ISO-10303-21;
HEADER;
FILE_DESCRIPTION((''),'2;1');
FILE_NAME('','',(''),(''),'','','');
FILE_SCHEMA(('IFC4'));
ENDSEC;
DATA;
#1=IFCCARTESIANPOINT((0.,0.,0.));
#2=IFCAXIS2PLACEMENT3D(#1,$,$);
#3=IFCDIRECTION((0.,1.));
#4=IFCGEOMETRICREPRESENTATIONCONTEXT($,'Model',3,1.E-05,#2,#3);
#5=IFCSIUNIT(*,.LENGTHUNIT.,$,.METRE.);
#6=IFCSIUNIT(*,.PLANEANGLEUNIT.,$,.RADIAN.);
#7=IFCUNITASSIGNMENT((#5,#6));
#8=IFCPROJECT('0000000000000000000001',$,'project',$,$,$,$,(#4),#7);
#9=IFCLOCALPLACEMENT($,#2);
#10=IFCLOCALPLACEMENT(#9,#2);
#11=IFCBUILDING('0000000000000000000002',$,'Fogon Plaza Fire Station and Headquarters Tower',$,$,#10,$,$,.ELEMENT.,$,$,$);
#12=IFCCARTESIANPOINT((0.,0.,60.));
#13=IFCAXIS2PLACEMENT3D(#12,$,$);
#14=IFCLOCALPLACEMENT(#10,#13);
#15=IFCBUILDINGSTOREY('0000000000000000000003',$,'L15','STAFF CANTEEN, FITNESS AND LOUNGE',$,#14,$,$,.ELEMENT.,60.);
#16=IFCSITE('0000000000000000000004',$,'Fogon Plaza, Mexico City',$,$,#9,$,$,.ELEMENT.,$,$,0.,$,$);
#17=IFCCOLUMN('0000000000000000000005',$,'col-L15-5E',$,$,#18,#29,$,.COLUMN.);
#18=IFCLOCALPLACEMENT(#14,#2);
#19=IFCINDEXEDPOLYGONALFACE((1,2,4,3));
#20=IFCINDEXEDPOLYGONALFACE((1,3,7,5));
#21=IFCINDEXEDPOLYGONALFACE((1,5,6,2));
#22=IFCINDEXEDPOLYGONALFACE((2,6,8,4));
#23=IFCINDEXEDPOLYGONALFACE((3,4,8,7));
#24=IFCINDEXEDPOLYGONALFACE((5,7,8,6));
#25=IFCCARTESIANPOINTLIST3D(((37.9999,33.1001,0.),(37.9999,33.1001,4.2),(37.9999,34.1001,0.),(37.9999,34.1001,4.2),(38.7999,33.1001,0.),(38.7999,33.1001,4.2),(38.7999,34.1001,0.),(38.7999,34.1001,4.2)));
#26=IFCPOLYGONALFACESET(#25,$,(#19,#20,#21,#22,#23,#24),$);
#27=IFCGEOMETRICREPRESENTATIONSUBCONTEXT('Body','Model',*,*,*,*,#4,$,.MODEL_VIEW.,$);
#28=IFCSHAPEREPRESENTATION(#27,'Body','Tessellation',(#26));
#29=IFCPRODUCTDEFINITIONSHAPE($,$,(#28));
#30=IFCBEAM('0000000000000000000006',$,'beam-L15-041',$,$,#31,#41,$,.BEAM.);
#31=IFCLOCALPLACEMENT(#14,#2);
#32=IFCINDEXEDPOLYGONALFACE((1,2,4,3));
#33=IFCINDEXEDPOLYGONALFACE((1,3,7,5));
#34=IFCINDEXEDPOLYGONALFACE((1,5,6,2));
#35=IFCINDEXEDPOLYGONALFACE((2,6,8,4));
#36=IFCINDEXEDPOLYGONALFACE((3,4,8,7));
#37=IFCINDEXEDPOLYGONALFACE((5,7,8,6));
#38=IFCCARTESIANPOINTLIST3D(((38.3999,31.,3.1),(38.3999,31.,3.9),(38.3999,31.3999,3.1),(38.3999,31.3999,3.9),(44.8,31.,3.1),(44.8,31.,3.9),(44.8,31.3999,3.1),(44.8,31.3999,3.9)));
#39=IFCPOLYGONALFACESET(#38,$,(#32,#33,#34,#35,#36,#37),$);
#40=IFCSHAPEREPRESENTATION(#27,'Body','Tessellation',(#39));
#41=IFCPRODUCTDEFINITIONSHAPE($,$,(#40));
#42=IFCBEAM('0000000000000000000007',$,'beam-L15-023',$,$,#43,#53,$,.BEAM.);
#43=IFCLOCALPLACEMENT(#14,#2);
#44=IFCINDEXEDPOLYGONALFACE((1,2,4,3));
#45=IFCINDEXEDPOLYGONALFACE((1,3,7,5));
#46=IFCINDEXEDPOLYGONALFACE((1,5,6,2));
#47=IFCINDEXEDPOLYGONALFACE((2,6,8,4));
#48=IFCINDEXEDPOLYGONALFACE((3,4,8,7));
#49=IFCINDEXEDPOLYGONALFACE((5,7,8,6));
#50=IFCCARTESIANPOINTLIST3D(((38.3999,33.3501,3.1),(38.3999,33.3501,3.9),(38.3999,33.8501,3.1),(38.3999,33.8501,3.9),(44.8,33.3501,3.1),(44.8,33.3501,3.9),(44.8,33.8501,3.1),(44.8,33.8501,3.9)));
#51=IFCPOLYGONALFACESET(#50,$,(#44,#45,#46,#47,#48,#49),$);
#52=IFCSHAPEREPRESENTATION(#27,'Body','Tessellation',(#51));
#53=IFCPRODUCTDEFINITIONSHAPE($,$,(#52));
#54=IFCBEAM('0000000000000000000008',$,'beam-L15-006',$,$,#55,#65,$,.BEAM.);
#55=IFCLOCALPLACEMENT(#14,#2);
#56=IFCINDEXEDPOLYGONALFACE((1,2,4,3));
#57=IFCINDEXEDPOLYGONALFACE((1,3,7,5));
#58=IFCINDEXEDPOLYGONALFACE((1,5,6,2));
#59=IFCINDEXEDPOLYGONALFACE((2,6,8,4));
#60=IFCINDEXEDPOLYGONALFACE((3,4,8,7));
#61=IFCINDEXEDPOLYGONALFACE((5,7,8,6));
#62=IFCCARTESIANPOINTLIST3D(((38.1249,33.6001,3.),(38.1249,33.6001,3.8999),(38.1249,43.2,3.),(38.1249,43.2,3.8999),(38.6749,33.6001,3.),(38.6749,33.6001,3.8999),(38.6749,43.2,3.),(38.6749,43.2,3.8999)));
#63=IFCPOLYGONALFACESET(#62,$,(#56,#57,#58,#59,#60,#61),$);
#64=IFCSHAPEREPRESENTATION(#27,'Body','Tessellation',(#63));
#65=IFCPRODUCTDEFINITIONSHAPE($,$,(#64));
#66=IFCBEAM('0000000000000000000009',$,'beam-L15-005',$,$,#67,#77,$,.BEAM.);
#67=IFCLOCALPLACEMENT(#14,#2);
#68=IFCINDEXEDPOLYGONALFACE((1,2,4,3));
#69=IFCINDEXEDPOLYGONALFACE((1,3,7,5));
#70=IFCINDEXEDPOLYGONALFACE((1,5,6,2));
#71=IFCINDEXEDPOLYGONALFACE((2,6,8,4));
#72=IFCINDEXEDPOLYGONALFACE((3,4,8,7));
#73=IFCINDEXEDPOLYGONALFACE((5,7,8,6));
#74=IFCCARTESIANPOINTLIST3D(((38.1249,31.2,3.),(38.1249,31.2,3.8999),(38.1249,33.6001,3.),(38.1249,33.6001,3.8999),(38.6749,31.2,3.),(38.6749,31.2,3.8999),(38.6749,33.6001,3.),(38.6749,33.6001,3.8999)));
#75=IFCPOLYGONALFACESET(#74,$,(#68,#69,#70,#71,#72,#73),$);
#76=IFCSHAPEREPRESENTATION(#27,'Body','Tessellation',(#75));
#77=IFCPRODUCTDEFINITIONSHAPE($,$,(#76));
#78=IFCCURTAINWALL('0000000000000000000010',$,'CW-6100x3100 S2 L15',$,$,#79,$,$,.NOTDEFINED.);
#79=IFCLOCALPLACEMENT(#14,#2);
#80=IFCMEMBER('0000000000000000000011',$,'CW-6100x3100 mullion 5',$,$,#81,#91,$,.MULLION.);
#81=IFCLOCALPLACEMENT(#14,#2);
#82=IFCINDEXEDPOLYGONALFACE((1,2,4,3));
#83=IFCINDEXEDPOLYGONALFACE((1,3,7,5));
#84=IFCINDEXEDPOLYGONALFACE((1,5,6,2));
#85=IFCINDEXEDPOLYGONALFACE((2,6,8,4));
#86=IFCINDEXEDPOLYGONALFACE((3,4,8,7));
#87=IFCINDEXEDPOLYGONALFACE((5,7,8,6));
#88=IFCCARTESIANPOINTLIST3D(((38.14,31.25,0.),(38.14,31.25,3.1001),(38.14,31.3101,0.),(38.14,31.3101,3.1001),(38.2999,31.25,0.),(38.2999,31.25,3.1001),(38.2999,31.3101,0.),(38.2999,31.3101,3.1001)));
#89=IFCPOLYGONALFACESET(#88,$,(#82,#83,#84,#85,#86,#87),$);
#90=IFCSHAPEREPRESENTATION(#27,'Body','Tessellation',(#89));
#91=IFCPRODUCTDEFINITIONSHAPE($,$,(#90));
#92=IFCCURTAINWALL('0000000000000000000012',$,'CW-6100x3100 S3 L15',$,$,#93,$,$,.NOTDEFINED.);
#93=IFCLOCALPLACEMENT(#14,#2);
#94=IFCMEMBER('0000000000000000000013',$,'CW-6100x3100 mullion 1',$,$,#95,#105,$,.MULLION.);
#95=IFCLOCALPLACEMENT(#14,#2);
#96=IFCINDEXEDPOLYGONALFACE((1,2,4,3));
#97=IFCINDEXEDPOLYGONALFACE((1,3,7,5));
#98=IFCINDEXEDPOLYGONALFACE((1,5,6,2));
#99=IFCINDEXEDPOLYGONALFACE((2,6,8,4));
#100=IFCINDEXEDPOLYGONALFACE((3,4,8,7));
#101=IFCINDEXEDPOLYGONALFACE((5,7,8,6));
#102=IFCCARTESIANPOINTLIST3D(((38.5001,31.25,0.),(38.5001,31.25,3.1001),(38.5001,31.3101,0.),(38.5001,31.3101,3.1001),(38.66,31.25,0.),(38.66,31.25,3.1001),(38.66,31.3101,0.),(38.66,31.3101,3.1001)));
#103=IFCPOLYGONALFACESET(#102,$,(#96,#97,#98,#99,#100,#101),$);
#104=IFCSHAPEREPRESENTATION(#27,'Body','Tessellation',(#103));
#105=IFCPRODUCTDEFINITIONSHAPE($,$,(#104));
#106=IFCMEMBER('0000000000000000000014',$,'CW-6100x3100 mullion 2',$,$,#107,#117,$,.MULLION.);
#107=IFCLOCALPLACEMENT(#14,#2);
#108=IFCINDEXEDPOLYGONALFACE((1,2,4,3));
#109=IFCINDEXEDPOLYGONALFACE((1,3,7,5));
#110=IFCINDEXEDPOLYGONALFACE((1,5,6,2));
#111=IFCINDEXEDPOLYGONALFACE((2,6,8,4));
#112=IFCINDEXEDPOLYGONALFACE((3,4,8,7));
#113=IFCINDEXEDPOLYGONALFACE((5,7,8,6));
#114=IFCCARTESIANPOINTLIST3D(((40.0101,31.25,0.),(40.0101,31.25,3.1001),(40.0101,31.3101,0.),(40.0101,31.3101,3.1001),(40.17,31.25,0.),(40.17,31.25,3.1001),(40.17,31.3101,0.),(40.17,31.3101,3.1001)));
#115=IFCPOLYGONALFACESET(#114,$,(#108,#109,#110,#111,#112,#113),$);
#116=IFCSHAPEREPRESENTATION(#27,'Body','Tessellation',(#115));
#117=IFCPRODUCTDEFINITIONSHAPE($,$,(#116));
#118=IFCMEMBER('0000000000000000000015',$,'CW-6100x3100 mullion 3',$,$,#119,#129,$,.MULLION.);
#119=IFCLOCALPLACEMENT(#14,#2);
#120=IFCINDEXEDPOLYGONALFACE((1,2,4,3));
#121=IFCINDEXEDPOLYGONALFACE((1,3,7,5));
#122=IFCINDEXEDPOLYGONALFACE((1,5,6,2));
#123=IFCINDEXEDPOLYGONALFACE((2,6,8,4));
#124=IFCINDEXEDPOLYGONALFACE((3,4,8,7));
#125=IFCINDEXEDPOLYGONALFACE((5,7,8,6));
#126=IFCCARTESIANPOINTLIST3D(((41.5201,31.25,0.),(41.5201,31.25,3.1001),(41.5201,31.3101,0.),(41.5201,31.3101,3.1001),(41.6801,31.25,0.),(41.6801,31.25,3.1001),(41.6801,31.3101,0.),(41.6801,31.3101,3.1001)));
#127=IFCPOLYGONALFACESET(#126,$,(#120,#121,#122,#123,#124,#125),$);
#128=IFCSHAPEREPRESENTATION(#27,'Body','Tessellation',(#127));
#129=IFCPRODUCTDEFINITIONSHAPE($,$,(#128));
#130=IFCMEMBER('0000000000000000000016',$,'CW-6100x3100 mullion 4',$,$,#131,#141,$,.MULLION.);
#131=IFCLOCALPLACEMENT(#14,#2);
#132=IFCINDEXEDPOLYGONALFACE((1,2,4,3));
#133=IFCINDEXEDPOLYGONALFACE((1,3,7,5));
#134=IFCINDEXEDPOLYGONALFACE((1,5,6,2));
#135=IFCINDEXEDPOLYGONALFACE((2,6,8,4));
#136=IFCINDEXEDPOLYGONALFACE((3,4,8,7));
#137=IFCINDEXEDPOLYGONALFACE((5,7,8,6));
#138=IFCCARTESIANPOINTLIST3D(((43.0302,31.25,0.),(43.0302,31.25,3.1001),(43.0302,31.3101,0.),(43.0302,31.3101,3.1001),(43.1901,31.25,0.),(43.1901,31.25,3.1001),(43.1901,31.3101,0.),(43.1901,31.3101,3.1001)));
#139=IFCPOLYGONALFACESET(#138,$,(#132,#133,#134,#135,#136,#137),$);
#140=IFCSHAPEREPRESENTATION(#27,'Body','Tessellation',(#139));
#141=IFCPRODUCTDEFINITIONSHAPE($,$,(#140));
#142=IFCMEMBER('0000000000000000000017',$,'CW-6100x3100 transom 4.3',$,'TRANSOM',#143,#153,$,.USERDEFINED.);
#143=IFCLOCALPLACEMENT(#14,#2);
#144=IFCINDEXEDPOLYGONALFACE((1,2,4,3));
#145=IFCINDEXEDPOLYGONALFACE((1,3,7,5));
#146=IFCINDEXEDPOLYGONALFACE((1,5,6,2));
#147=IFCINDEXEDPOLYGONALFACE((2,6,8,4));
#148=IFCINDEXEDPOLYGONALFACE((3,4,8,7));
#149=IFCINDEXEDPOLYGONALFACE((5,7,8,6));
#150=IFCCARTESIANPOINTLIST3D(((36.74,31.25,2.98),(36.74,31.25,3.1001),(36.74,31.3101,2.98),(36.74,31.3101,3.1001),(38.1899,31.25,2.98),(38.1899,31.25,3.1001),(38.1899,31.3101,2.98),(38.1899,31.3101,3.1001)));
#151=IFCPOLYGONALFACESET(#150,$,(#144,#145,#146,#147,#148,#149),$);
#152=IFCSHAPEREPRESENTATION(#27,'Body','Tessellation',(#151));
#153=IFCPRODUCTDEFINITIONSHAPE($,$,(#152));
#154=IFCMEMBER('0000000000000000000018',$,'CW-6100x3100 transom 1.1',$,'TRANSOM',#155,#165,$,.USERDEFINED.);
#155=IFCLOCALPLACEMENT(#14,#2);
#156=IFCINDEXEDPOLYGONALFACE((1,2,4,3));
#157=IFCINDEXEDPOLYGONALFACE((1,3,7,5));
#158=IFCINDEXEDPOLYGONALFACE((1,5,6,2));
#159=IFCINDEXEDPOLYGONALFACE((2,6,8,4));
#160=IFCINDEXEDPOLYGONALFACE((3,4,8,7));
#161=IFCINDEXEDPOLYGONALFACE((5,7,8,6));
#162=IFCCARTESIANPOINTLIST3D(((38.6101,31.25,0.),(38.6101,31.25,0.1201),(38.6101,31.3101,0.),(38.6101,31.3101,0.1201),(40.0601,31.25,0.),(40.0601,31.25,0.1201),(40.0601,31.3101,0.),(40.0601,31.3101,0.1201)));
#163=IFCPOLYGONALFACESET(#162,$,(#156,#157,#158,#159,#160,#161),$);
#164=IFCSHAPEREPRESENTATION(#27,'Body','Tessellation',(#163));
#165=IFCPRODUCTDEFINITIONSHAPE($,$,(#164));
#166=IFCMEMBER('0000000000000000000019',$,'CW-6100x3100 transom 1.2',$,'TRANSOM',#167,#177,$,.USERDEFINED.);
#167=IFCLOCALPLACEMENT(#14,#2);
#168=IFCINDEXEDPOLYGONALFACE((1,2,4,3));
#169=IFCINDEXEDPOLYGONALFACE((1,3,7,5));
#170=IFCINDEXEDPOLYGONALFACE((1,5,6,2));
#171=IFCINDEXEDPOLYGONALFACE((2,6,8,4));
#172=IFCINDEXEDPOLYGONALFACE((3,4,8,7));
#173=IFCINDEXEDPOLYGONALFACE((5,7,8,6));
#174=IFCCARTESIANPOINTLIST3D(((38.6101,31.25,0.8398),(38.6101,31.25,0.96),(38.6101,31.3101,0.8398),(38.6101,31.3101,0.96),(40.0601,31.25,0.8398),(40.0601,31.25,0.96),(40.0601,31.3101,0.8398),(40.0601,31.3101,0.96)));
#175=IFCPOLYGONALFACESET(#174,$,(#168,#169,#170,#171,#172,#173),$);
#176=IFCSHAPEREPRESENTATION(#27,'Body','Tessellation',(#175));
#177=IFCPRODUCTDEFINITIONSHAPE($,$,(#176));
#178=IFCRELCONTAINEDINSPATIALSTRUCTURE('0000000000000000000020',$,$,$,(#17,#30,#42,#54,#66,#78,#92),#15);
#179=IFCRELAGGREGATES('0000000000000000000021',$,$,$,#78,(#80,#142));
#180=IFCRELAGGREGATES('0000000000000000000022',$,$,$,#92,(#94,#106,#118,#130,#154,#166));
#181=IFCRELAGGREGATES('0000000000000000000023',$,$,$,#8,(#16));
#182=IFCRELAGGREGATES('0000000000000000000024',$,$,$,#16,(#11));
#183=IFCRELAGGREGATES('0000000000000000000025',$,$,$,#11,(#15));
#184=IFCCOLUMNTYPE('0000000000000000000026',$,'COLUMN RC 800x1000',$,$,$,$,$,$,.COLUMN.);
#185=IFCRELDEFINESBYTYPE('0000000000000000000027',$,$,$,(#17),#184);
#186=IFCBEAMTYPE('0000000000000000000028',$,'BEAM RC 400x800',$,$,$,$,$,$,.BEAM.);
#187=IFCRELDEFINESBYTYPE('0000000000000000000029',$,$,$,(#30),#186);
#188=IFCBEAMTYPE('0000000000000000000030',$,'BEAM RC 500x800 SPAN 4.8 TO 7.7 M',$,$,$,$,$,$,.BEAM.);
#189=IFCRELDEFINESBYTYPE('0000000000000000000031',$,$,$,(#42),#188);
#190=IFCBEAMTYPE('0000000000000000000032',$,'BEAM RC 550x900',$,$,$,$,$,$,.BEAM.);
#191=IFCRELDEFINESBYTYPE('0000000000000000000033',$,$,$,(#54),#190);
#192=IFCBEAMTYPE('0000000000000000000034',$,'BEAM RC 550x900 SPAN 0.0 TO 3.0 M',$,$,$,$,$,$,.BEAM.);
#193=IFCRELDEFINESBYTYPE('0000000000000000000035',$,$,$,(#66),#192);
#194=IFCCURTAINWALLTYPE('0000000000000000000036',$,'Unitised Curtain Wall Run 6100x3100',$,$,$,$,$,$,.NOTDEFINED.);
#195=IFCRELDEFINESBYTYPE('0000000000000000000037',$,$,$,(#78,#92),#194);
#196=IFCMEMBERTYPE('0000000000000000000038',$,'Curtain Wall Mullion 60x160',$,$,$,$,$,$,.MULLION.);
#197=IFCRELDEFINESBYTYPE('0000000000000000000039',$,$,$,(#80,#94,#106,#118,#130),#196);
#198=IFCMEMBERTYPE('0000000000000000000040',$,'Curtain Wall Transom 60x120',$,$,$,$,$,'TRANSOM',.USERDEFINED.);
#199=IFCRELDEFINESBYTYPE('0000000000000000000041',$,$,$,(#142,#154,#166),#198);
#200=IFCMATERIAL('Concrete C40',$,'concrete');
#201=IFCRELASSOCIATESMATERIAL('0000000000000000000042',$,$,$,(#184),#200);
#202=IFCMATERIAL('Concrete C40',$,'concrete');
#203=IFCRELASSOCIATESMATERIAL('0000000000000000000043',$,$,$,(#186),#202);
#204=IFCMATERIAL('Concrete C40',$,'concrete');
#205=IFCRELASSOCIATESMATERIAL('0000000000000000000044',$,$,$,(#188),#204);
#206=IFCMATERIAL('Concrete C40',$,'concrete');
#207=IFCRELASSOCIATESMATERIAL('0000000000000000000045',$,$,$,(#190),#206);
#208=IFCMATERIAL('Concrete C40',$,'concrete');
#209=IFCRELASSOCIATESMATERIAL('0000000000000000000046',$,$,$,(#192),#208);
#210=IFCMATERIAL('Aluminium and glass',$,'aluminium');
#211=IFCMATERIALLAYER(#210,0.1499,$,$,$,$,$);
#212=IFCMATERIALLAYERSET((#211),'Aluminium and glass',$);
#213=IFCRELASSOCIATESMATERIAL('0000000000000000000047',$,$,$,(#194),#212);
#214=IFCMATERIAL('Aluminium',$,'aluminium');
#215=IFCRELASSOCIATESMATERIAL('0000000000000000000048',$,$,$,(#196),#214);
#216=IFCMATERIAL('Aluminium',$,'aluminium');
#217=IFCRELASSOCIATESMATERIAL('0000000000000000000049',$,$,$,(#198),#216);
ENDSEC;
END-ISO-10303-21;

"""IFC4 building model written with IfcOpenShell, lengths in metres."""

from ifc_helpers import new_model, si_unit, direction, frame, origin, origin_2d, place, context, subcontext, project, spatial, rectangle, extrude, material, layer, layer_set, material_profile, profile_set, type_object, element, aggregate, save


model = new_model("IFC4")

# Units and contexts
model_context = context("Model", 3, precision=1e-05, world=origin(), true_north=direction((0.0, 1.0)))
body_context = subcontext(model_context, "Body", "Model", "MODEL_VIEW")
ifc_project = project(units=[si_unit("LENGTHUNIT", "METRE"), si_unit("PLANEANGLEUNIT", "RADIAN")], contexts=[model_context])

# Site, building, storey
site_placement = place(None, origin())
site = spatial("IfcSite", under=ifc_project, at=site_placement, Name="Fogon Plaza, Mexico City", CompositionType="ELEMENT", RefElevation=0.0)
building_placement = place(site_placement, origin())
building = spatial("IfcBuilding", under=site, at=building_placement, Name="Fogon Plaza Fire Station and Headquarters Tower", CompositionType="ELEMENT")
storey_placement = place(building_placement, frame((0.0, 0.0, 60.0)))
storey = spatial("IfcBuildingStorey", under=building, at=storey_placement, Name="L15", Description="STAFF CANTEEN, FITNESS AND LOUNGE", CompositionType="ELEMENT", Elevation=60.0)

# Column
ifc_material_1 = material(Name="Concrete C40", Category="concrete")
ifc_material_profile_1 = material_profile(ifc_material_1, rectangle(XDim=0.8, YDim=1.0, at=origin_2d()), Name="RC 800x1000")
ifc_profile_set_1 = profile_set([ifc_material_profile_1], Name="Concrete C40")
column_type = type_object("IfcColumnType", Name="COLUMN RC 800x1000", PredefinedType="COLUMN", material=ifc_profile_set_1)
column_placement = place(storey_placement, frame((38.3999, 33.6001, 0.0), z_axis=(0.0, 0.0, 1.0), x_axis=(1.0, 0.0, 0.0)))
element("IfcColumn", 1, at=column_placement, inside=storey, type_object=column_type, Name="col-L15-5E", PredefinedType="COLUMN", context=body_context, shape_type="SweptSolid", body=[
    extrude(rectangle(XDim=0.8, YDim=1.0, at=origin_2d()), origin(), (0.0, 0.0, 1.0), 4.2),
])

# Beams
ifc_material_2 = material(Name="Concrete C40", Category="concrete")
ifc_material_profile_2 = material_profile(ifc_material_2, rectangle(XDim=0.3999, YDim=0.8, at=origin_2d()), Name="RC 400x800")
ifc_profile_set_2 = profile_set([ifc_material_profile_2], Name="Concrete C40")
beam_type_1 = type_object("IfcBeamType", Name="BEAM RC 400x800", PredefinedType="BEAM", material=ifc_profile_set_2)
beam_1_placement = place(storey_placement, frame((38.3999, 31.2, 3.5), z_axis=(1.0, 0.0, 0.0), x_axis=(0.0, 1.0, 0.0)))
element("IfcBeam", 2, at=beam_1_placement, inside=storey, type_object=beam_type_1, Name="beam-L15-041", PredefinedType="BEAM", context=body_context, shape_type="SweptSolid", body=[
    extrude(rectangle(XDim=0.3999, YDim=0.8, at=origin_2d()), origin(), (0.0, 0.0, 1.0), 6.4001),
])
ifc_material_3 = material(Name="Concrete C40", Category="concrete")
ifc_material_profile_3 = material_profile(ifc_material_3, rectangle(XDim=0.5, YDim=0.8, at=origin_2d()), Name="RC 500x800")
ifc_profile_set_3 = profile_set([ifc_material_profile_3], Name="Concrete C40")
beam_type_2 = type_object("IfcBeamType", Name="BEAM RC 500x800 SPAN 4.8 TO 7.7 M", PredefinedType="BEAM", material=ifc_profile_set_3)
beam_2_placement = place(storey_placement, frame((38.3999, 33.6001, 3.5), z_axis=(1.0, 0.0, 0.0), x_axis=(0.0, 1.0, 0.0)))
element("IfcBeam", 3, at=beam_2_placement, inside=storey, type_object=beam_type_2, Name="beam-L15-023", PredefinedType="BEAM", context=body_context, shape_type="SweptSolid", body=[
    extrude(rectangle(XDim=0.5, YDim=0.8, at=origin_2d()), origin(), (0.0, 0.0, 1.0), 6.4001),
])
ifc_material_4 = material(Name="Concrete C40", Category="concrete")
ifc_material_profile_4 = material_profile(ifc_material_4, rectangle(XDim=0.55, YDim=0.8999, at=origin_2d()), Name="RC 550x900")
ifc_profile_set_4 = profile_set([ifc_material_profile_4], Name="Concrete C40")
beam_type_3 = type_object("IfcBeamType", Name="BEAM RC 550x900", PredefinedType="BEAM", material=ifc_profile_set_4)
beam_3_placement = place(storey_placement, frame((38.3999, 33.6001, 3.45), z_axis=(0.0, 1.0, 0.0), x_axis=(-1.0, 0.0, 0.0)))
element("IfcBeam", 4, at=beam_3_placement, inside=storey, type_object=beam_type_3, Name="beam-L15-006", PredefinedType="BEAM", context=body_context, shape_type="SweptSolid", body=[
    extrude(rectangle(XDim=0.55, YDim=0.8999, at=origin_2d()), origin(), (0.0, 0.0, 1.0), 9.5999),
])
ifc_material_5 = material(Name="Concrete C40", Category="concrete")
ifc_material_profile_5 = material_profile(ifc_material_5, rectangle(XDim=0.55, YDim=0.8999, at=origin_2d()), Name="RC 550x900")
ifc_profile_set_5 = profile_set([ifc_material_profile_5], Name="Concrete C40")
beam_type_4 = type_object("IfcBeamType", Name="BEAM RC 550x900 SPAN 0.0 TO 3.0 M", PredefinedType="BEAM", material=ifc_profile_set_5)
beam_4_placement = place(storey_placement, frame((38.3999, 31.2, 3.45), z_axis=(0.0, 1.0, 0.0), x_axis=(-1.0, 0.0, 0.0)))
element("IfcBeam", 5, at=beam_4_placement, inside=storey, type_object=beam_type_4, Name="beam-L15-005", PredefinedType="BEAM", context=body_context, shape_type="SweptSolid", body=[
    extrude(rectangle(XDim=0.55, YDim=0.8999, at=origin_2d()), origin(), (0.0, 0.0, 1.0), 2.4001),
])

# Curtain wall, member
ifc_material_6 = material(Name="Aluminium and glass", Category="aluminium")
ifc_layer_1 = layer(ifc_material_6, 0.1499)
ifc_layer_set_1 = layer_set([ifc_layer_1], Name="Aluminium and glass")
curtain_wall_type = type_object("IfcCurtainWallType", Name="Unitised Curtain Wall Run 6100x3100", PredefinedType="NOTDEFINED", material=ifc_layer_set_1)
curtain_wall_1_placement = place(storey_placement, origin())
curtain_wall_1 = element("IfcCurtainWall", 6, at=curtain_wall_1_placement, inside=storey, type_object=curtain_wall_type, Name="CW-6100x3100 S2 L15", PredefinedType="NOTDEFINED")
ifc_material_7 = material(Name="Aluminium", Category="aluminium")
ifc_material_profile_6 = material_profile(ifc_material_7, rectangle(XDim=0.0601, YDim=0.1599, at=origin_2d()), Name="Curtain Wall Mullion 60x160")
ifc_profile_set_6 = profile_set([ifc_material_profile_6], Name="Aluminium")
member_type_1 = type_object("IfcMemberType", Name="Curtain Wall Mullion 60x160", PredefinedType="MULLION", material=ifc_profile_set_6)
member_1_placement = place(storey_placement, frame((38.22, 31.28, 0.0), z_axis=(0.0, 0.0, 1.0), x_axis=(0.0, 1.0, 0.0)))
member_1 = element("IfcMember", 7, at=member_1_placement, type_object=member_type_1, Name="CW-6100x3100 mullion 5", PredefinedType="MULLION", context=body_context, shape_type="SweptSolid", body=[
    extrude(rectangle(XDim=0.0601, YDim=0.1599, at=origin_2d()), origin(), (0.0, 0.0, 1.0), 3.1001),
])

# Curtain wall, members
curtain_wall_2_placement = place(storey_placement, origin())
curtain_wall_2 = element("IfcCurtainWall", 8, at=curtain_wall_2_placement, inside=storey, type_object=curtain_wall_type, Name="CW-6100x3100 S3 L15", PredefinedType="NOTDEFINED")
member_2_placement = place(storey_placement, frame((38.5801, 31.28, 0.0), z_axis=(0.0, 0.0, 1.0), x_axis=(0.0, 1.0, 0.0)))
member_2 = element("IfcMember", 9, at=member_2_placement, type_object=member_type_1, Name="CW-6100x3100 mullion 1", PredefinedType="MULLION", context=body_context, shape_type="SweptSolid", body=[
    extrude(rectangle(XDim=0.0601, YDim=0.1599, at=origin_2d()), origin(), (0.0, 0.0, 1.0), 3.1001),
])
member_3_placement = place(storey_placement, frame((40.0901, 31.28, 0.0), z_axis=(0.0, 0.0, 1.0), x_axis=(0.0, 1.0, 0.0)))
member_3 = element("IfcMember", 10, at=member_3_placement, type_object=member_type_1, Name="CW-6100x3100 mullion 2", PredefinedType="MULLION", context=body_context, shape_type="SweptSolid", body=[
    extrude(rectangle(XDim=0.0601, YDim=0.1599, at=origin_2d()), origin(), (0.0, 0.0, 1.0), 3.1001),
])
member_4_placement = place(storey_placement, frame((41.6001, 31.28, 0.0), z_axis=(0.0, 0.0, 1.0), x_axis=(0.0, 1.0, 0.0)))
member_4 = element("IfcMember", 11, at=member_4_placement, type_object=member_type_1, Name="CW-6100x3100 mullion 3", PredefinedType="MULLION", context=body_context, shape_type="SweptSolid", body=[
    extrude(rectangle(XDim=0.0601, YDim=0.1599, at=origin_2d()), origin(), (0.0, 0.0, 1.0), 3.1001),
])
member_5_placement = place(storey_placement, frame((43.1101, 31.28, 0.0), z_axis=(0.0, 0.0, 1.0), x_axis=(0.0, 1.0, 0.0)))
member_5 = element("IfcMember", 12, at=member_5_placement, type_object=member_type_1, Name="CW-6100x3100 mullion 4", PredefinedType="MULLION", context=body_context, shape_type="SweptSolid", body=[
    extrude(rectangle(XDim=0.0601, YDim=0.1599, at=origin_2d()), origin(), (0.0, 0.0, 1.0), 3.1001),
])

# Members
ifc_material_8 = material(Name="Aluminium", Category="aluminium")
ifc_material_profile_7 = material_profile(ifc_material_8, rectangle(XDim=0.0601, YDim=0.1201, at=origin_2d()), Name="Curtain Wall Transom 60x120")
ifc_profile_set_7 = profile_set([ifc_material_profile_7], Name="Aluminium")
member_type_2 = type_object("IfcMemberType", Name="Curtain Wall Transom 60x120", ElementType="TRANSOM", PredefinedType="USERDEFINED", material=ifc_profile_set_7)
member_6_placement = place(storey_placement, frame((36.74, 31.28, 3.04), z_axis=(1.0, 0.0, 0.0), x_axis=(0.0, 1.0, 0.0)))
member_6 = element("IfcMember", 13, at=member_6_placement, type_object=member_type_2, Name="CW-6100x3100 transom 4.3", ObjectType="TRANSOM", PredefinedType="USERDEFINED", context=body_context, shape_type="SweptSolid", body=[
    extrude(rectangle(XDim=0.0601, YDim=0.1201, at=origin_2d()), origin(), (0.0, 0.0, 1.0), 1.45),
])
member_7_placement = place(storey_placement, frame((38.6101, 31.28, 0.0601), z_axis=(1.0, 0.0, 0.0), x_axis=(0.0, 1.0, 0.0)))
member_7 = element("IfcMember", 14, at=member_7_placement, type_object=member_type_2, Name="CW-6100x3100 transom 1.1", ObjectType="TRANSOM", PredefinedType="USERDEFINED", context=body_context, shape_type="SweptSolid", body=[
    extrude(rectangle(XDim=0.0601, YDim=0.1201, at=origin_2d()), origin(), (0.0, 0.0, 1.0), 1.45),
])
member_8_placement = place(storey_placement, frame((38.6101, 31.28, 0.8999), z_axis=(1.0, 0.0, 0.0), x_axis=(0.0, 1.0, 0.0)))
member_8 = element("IfcMember", 15, at=member_8_placement, type_object=member_type_2, Name="CW-6100x3100 transom 1.2", ObjectType="TRANSOM", PredefinedType="USERDEFINED", context=body_context, shape_type="SweptSolid", body=[
    extrude(rectangle(XDim=0.0601, YDim=0.1201, at=origin_2d()), origin(), (0.0, 0.0, 1.0), 1.45),
])

aggregate(curtain_wall_1, [member_1, member_6])
aggregate(curtain_wall_2, [member_2, member_3, member_4, member_5, member_7, member_8])

save(model, "model.ifc")
